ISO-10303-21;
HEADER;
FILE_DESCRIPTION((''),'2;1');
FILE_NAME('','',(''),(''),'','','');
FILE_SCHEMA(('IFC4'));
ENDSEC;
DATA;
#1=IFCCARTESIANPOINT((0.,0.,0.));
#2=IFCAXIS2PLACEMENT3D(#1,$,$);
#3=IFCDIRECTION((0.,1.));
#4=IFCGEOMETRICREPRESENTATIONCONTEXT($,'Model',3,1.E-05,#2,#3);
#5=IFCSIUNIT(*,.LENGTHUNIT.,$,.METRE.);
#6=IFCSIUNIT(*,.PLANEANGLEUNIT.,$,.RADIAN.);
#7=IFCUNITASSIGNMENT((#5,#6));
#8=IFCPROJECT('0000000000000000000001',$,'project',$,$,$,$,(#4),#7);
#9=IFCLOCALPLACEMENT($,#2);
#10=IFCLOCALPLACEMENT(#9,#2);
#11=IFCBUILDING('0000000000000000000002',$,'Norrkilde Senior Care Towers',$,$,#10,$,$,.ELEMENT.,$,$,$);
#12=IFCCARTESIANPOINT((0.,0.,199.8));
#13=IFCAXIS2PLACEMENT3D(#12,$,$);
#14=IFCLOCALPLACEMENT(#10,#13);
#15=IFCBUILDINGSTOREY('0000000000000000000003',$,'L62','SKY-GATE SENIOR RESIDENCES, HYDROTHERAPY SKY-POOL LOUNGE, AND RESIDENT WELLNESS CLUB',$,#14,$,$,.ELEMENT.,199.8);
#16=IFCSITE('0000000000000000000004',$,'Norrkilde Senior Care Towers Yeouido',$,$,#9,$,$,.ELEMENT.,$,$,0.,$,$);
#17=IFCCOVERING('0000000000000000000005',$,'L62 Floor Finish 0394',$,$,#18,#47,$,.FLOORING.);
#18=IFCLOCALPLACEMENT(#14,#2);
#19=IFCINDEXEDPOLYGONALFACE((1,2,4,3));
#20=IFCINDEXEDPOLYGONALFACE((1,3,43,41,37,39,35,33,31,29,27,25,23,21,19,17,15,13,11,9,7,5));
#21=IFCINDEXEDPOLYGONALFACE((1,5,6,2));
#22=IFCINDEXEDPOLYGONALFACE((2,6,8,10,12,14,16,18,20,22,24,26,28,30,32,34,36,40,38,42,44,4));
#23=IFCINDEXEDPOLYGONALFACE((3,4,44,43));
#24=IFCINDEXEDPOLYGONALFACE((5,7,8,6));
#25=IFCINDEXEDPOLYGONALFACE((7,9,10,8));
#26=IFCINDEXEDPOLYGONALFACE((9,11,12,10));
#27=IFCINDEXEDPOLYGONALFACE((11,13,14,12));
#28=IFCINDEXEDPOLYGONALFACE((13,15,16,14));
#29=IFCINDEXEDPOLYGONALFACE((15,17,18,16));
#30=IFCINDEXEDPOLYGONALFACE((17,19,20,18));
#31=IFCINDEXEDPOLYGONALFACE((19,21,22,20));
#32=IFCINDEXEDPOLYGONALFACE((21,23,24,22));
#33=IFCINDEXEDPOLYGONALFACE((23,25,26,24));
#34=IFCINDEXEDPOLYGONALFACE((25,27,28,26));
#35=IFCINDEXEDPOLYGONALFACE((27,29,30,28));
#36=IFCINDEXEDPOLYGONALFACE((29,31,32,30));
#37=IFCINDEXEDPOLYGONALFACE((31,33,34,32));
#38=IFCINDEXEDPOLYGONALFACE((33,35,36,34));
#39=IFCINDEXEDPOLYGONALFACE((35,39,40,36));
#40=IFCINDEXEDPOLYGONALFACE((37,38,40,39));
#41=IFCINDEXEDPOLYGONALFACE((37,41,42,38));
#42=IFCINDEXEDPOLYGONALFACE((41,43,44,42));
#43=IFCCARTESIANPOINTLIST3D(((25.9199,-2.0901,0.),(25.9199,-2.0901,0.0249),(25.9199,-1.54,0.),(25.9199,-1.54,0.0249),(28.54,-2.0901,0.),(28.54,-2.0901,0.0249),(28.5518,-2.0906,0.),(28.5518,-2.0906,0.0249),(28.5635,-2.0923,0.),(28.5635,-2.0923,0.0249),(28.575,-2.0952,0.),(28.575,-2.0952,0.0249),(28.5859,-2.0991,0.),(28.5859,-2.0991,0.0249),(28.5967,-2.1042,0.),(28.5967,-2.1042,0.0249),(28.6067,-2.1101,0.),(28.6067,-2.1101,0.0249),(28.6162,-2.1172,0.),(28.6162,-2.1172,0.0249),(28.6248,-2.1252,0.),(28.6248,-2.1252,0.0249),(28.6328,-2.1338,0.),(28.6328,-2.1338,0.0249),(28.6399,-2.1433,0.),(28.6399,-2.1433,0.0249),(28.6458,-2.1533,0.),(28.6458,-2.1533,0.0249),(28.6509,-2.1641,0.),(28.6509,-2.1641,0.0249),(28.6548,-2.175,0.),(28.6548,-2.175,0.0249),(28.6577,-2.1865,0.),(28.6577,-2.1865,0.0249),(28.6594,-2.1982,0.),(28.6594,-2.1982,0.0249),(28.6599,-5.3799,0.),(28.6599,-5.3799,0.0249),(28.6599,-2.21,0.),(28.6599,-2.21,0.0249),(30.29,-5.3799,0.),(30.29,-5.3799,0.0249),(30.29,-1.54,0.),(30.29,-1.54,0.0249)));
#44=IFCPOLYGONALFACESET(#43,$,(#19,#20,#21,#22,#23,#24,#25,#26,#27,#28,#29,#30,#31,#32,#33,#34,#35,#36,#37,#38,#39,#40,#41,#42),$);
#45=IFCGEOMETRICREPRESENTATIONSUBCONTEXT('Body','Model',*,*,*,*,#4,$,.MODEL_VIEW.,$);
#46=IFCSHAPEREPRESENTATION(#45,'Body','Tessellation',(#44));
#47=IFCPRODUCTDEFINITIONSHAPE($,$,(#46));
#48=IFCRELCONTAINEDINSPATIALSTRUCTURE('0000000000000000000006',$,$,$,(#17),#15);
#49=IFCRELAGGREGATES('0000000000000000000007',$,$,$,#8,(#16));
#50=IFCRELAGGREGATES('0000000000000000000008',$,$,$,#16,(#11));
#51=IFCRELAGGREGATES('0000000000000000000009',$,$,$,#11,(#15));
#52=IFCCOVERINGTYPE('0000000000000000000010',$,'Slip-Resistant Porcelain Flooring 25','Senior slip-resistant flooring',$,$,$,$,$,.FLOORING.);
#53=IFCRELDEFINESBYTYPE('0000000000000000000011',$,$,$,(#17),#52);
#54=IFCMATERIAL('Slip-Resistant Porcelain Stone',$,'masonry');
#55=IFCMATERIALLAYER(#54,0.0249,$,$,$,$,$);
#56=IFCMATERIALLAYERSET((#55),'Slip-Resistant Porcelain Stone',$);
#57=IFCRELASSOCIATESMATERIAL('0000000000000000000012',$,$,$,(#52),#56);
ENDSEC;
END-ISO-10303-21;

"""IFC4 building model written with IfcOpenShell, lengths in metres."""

from ifc_helpers import new_model, si_unit, direction, frame, origin, place, context, subcontext, project, spatial, polyline, outline, extrude, material, layer, layer_set, type_object, element, save


model = new_model("IFC4")

# Units and contexts
model_context = context("Model", 3, precision=1e-05, world=origin(), true_north=direction((0.0, 1.0)))
body_context = subcontext(model_context, "Body", "Model", "MODEL_VIEW")
ifc_project = project(units=[si_unit("LENGTHUNIT", "METRE"), si_unit("PLANEANGLEUNIT", "RADIAN")], contexts=[model_context])

# Site, building, storey
site_placement = place(None, origin())
site = spatial("IfcSite", under=ifc_project, at=site_placement, Name="Norrkilde Senior Care Towers Yeouido", CompositionType="ELEMENT", RefElevation=0.0)
building_placement = place(site_placement, origin())
building = spatial("IfcBuilding", under=site, at=building_placement, Name="Norrkilde Senior Care Towers", CompositionType="ELEMENT")
storey_placement = place(building_placement, frame((0.0, 0.0, 199.8)))
storey = spatial("IfcBuildingStorey", under=building, at=storey_placement, Name="L62", Description="SKY-GATE SENIOR RESIDENCES, HYDROTHERAPY SKY-POOL LOUNGE, AND RESIDENT WELLNESS CLUB", CompositionType="ELEMENT", Elevation=199.8)

# Covering
ifc_material_1 = material(Name="Slip-Resistant Porcelain Stone", Category="masonry")
ifc_layer_1 = layer(ifc_material_1, 0.0249)
ifc_layer_set_1 = layer_set([ifc_layer_1], Name="Slip-Resistant Porcelain Stone")
covering_type_1 = type_object("IfcCoveringType", Name="Slip-Resistant Porcelain Flooring 25", Description="Senior slip-resistant flooring", PredefinedType="FLOORING", material=ifc_layer_set_1)
covering_1_placement = place(storey_placement, origin())
element("IfcCovering", 1, at=covering_1_placement, inside=storey, type_object=covering_type_1, Name="L62 Floor Finish 0394", PredefinedType="FLOORING", context=body_context, shape_type="SweptSolid", body=[
    extrude(outline(polyline([(28.6548, -2.175), (28.6509, -2.1641), (28.6458, -2.1533), (28.6399, -2.1433), (28.6328, -2.1338), (28.6248, -2.1252), (28.6162, -2.1172), (28.6067, -2.1101), (28.5967, -2.1042), (28.5859, -2.0991), (28.575, -2.0952), (28.5635, -2.0923), (28.5518, -2.0906), (28.54, -2.0901), (25.9199, -2.0901), (25.9199, -1.54), (30.29, -1.54), (30.29, -5.3799), (28.6599, -5.3799), (28.6599, -2.21), (28.6594, -2.1982), (28.6577, -2.1865), (28.6548, -2.175)])), origin(), (0.0, 0.0, 1.0), 0.0249),
])

save(model, "model.ifc")
